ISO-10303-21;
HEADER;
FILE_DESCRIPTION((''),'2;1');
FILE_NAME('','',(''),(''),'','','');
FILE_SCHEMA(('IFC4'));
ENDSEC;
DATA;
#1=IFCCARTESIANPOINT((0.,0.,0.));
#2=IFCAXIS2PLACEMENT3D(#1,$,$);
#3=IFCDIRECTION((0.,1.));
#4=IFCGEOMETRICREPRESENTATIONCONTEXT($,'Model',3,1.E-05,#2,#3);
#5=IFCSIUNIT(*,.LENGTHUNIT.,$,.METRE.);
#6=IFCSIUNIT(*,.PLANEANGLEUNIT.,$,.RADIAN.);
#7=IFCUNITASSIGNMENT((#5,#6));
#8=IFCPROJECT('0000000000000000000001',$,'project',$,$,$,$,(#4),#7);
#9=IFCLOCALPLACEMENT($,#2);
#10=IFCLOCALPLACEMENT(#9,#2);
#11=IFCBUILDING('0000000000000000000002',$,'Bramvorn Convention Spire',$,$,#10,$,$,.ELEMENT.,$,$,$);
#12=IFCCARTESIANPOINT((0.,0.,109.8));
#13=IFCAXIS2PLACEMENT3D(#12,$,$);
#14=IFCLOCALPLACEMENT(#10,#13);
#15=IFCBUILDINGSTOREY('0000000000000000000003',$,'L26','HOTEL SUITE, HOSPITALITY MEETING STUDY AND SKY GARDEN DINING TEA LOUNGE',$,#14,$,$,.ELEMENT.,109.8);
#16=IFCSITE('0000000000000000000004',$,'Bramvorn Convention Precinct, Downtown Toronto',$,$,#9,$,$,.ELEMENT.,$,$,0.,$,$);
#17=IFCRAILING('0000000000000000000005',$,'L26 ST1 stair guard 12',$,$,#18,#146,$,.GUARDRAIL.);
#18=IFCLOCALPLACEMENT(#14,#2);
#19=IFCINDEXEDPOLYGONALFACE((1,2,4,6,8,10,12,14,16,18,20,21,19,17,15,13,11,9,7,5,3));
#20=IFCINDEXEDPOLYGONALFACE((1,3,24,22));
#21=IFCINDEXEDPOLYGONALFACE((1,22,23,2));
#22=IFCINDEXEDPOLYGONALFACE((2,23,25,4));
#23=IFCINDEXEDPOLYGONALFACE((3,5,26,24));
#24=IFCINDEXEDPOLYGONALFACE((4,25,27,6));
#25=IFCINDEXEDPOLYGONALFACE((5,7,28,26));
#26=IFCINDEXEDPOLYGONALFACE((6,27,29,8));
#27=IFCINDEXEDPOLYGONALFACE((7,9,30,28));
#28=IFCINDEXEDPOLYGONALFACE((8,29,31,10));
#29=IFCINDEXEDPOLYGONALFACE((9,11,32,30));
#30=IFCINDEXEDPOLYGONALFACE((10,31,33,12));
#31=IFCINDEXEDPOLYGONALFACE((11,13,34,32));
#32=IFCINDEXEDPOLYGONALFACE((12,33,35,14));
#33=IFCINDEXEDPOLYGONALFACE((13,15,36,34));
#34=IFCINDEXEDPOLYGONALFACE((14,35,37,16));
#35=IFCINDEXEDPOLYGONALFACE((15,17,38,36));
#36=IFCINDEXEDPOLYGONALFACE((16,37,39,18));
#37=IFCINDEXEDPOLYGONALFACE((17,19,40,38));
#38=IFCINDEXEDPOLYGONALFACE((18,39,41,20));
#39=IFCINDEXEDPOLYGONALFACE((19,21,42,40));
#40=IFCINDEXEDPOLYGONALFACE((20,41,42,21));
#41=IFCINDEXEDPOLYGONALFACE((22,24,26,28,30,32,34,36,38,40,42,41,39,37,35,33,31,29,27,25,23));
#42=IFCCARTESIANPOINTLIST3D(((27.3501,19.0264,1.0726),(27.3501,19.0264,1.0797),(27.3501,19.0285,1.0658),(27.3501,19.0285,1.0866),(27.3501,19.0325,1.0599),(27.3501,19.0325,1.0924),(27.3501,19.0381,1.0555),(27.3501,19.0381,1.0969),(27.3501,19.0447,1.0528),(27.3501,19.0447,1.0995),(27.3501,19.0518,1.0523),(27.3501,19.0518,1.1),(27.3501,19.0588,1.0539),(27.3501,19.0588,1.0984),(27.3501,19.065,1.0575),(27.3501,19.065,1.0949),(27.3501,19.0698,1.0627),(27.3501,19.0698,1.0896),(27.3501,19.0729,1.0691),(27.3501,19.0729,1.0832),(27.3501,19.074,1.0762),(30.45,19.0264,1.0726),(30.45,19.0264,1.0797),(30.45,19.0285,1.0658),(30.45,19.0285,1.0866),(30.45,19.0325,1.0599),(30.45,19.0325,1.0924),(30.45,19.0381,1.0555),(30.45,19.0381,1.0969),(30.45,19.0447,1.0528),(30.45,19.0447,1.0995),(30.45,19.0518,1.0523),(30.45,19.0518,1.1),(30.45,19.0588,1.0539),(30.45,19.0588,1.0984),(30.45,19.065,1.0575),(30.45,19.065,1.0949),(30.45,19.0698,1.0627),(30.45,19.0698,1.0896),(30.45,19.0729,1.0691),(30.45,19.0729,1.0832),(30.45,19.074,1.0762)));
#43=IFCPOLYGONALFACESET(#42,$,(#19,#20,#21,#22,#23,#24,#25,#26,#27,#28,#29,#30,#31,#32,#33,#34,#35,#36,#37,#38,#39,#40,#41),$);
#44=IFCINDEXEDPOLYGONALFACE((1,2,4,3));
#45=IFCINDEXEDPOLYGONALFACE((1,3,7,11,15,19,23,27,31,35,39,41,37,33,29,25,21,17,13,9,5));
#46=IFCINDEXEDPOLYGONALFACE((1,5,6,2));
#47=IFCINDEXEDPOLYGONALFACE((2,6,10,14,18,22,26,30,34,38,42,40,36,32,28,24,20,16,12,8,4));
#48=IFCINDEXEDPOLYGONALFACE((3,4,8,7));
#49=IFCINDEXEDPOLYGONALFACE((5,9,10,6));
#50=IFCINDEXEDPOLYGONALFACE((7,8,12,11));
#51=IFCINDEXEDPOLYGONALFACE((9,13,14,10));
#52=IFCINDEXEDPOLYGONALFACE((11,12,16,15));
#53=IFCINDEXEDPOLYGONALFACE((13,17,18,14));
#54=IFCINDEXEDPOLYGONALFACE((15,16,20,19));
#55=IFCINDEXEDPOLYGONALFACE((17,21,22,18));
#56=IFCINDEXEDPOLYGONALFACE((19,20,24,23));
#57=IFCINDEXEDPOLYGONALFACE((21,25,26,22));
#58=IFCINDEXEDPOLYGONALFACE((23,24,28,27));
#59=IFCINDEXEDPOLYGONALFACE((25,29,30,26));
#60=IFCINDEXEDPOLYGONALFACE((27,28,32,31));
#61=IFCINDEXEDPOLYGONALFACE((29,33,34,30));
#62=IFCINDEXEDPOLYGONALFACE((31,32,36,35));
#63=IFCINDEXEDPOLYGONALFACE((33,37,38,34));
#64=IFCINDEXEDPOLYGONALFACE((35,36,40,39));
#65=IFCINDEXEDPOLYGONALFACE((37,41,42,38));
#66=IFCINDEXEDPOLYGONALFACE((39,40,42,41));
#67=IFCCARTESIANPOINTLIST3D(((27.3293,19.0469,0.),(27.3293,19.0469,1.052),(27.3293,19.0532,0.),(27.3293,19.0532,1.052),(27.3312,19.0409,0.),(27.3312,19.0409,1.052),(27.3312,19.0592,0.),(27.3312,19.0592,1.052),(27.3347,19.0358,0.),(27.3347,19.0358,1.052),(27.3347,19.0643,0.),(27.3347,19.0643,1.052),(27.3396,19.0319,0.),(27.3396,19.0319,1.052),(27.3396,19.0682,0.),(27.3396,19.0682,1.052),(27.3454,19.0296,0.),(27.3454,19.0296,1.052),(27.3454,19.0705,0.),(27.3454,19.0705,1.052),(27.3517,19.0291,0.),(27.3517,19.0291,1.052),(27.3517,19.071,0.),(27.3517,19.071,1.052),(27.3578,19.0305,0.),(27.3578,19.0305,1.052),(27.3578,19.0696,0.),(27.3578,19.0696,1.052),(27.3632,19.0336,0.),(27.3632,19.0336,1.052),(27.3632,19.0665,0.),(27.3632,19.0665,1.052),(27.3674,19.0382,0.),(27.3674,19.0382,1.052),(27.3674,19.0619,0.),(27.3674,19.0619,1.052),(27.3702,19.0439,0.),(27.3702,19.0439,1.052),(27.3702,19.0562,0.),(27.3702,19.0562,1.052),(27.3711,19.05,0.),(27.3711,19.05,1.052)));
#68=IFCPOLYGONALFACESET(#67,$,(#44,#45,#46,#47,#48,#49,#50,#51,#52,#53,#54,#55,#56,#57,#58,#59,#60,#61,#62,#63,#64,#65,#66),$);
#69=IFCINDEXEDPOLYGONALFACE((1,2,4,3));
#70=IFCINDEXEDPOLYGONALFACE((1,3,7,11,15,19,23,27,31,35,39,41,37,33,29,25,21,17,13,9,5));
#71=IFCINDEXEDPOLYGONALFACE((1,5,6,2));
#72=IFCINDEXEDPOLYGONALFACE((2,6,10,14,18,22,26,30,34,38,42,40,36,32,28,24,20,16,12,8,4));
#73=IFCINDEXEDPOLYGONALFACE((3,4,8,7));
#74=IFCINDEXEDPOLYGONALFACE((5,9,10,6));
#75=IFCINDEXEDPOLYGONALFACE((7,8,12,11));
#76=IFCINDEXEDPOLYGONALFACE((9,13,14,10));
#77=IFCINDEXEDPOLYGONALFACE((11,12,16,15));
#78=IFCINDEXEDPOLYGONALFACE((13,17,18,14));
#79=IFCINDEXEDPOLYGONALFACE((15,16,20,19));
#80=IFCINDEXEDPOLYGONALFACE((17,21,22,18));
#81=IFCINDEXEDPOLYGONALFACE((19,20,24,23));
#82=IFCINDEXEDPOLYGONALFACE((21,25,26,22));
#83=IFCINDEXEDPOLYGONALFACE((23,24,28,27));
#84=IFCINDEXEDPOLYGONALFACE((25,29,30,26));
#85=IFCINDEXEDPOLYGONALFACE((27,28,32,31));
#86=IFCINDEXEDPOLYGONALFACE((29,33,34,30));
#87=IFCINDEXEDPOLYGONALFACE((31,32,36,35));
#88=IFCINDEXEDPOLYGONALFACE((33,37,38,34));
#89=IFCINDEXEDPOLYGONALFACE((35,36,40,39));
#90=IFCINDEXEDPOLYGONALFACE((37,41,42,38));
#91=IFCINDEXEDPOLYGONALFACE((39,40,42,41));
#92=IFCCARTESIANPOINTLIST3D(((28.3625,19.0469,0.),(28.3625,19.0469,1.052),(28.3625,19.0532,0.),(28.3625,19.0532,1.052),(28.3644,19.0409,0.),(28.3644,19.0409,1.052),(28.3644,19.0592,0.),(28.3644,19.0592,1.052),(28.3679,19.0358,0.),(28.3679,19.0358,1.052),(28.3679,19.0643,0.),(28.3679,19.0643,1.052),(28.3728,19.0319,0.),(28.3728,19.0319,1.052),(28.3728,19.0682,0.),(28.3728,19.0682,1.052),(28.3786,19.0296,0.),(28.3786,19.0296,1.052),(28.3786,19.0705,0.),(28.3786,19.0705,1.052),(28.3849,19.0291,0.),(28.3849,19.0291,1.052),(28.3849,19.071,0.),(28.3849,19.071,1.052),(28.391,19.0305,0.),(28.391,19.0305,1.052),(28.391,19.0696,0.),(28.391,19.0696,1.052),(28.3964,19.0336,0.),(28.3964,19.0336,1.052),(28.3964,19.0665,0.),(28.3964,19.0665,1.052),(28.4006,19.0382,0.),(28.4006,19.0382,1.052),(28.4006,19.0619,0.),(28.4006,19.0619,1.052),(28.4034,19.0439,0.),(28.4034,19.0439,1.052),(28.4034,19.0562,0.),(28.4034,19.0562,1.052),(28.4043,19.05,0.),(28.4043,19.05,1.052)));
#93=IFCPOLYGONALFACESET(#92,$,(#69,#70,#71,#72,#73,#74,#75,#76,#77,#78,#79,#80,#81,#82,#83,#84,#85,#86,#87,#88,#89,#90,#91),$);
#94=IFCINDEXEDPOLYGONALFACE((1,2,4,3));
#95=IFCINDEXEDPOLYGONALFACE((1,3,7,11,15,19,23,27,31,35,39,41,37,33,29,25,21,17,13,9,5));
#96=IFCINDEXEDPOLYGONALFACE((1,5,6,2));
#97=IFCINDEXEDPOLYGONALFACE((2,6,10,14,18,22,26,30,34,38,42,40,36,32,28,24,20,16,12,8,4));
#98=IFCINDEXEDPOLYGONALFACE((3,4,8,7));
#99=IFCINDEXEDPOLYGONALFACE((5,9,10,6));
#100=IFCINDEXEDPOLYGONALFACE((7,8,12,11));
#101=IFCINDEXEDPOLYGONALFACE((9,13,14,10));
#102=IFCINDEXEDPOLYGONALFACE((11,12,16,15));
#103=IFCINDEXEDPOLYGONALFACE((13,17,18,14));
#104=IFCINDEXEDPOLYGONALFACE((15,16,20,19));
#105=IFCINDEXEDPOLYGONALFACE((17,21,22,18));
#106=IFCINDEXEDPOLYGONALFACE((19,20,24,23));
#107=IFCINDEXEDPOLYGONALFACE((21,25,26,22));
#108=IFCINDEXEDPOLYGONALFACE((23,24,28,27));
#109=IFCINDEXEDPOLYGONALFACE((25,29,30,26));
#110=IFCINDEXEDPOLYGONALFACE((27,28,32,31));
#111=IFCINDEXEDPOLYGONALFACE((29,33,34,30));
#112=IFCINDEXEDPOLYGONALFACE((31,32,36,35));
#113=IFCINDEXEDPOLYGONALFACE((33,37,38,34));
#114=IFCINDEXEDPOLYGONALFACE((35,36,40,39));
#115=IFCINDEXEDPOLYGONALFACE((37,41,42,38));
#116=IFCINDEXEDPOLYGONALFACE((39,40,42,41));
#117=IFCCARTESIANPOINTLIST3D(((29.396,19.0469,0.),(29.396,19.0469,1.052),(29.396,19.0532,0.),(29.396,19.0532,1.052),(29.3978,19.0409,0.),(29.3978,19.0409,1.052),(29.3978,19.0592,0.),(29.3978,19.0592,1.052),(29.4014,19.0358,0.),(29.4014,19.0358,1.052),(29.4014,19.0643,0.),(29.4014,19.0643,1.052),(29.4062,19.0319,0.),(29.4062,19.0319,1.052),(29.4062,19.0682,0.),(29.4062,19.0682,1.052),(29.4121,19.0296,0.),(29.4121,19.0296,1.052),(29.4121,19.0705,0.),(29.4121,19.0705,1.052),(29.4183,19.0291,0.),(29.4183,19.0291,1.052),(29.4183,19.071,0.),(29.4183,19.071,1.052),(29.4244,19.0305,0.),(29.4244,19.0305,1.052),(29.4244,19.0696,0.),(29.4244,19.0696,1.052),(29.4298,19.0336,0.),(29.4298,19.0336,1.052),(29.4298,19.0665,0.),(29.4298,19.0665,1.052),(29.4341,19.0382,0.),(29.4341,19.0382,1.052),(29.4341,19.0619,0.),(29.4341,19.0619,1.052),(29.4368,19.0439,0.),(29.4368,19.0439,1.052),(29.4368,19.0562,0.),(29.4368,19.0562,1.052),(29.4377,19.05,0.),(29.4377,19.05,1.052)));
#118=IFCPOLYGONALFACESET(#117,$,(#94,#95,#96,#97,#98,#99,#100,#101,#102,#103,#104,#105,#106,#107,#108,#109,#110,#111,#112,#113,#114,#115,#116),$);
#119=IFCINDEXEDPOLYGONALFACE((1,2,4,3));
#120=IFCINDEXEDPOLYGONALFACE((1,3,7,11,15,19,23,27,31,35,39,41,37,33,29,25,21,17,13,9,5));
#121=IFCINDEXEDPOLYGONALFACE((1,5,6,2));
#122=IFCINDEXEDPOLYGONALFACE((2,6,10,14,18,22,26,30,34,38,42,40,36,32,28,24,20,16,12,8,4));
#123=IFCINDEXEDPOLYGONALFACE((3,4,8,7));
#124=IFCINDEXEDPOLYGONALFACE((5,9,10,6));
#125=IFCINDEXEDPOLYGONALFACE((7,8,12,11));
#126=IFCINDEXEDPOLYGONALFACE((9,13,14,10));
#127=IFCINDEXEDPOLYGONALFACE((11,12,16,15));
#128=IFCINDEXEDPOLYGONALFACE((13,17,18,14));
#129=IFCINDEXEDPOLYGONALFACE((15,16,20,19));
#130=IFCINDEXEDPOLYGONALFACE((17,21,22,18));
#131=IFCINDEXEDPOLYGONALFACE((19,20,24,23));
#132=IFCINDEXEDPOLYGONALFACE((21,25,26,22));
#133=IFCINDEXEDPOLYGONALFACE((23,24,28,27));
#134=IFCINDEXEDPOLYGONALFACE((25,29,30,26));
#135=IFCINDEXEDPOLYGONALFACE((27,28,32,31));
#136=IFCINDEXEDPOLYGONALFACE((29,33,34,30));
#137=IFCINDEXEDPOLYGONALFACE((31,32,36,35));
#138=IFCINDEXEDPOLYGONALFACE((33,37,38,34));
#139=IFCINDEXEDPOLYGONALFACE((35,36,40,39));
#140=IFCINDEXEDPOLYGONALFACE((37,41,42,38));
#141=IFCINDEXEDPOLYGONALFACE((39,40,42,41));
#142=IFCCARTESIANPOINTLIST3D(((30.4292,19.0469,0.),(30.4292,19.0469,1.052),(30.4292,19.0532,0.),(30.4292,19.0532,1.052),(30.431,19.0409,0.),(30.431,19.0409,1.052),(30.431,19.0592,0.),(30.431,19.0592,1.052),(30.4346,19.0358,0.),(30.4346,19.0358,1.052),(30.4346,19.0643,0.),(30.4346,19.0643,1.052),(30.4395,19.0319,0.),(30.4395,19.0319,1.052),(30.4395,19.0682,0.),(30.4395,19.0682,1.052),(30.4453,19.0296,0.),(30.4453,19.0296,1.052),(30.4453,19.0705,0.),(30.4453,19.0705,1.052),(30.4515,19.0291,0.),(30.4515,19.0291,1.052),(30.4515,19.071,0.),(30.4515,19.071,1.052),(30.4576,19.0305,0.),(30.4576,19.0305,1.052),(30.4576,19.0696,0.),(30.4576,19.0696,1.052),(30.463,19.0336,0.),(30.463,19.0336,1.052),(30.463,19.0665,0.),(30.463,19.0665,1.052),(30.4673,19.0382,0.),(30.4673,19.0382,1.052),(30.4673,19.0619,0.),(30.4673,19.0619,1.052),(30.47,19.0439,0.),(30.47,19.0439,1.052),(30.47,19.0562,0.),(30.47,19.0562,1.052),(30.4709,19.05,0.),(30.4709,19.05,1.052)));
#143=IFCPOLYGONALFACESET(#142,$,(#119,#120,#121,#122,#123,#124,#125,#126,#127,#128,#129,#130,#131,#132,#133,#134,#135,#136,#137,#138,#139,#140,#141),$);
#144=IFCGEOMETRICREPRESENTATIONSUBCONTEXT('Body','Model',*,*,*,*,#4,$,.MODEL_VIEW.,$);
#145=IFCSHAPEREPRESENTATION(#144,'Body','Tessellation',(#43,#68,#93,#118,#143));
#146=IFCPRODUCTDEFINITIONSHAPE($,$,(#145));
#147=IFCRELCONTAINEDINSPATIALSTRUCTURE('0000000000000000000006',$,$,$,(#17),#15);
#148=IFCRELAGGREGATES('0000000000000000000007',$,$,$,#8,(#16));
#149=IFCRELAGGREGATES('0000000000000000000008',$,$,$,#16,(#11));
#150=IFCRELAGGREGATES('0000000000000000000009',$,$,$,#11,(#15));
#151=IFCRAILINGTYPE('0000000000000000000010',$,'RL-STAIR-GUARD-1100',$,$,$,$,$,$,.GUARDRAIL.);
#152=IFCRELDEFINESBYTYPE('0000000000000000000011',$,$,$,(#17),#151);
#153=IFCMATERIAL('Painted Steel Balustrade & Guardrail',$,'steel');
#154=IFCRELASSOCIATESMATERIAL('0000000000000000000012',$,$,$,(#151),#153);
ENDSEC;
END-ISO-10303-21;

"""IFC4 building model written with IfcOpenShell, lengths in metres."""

from ifc_helpers import new_model, si_unit, direction, frame, origin, origin_2d, place, context, subcontext, project, spatial, circle, extrude, material, type_object, element, save


model = new_model("IFC4")

# Units and contexts
model_context = context("Model", 3, precision=1e-05, world=origin(), true_north=direction((0.0, 1.0)))
body_context = subcontext(model_context, "Body", "Model", "MODEL_VIEW")
ifc_project = project(units=[si_unit("LENGTHUNIT", "METRE"), si_unit("PLANEANGLEUNIT", "RADIAN")], contexts=[model_context])

# Site, building, storey
site_placement = place(None, origin())
site = spatial("IfcSite", under=ifc_project, at=site_placement, Name="Bramvorn Convention Precinct, Downtown Toronto", CompositionType="ELEMENT", RefElevation=0.0)
building_placement = place(site_placement, origin())
building = spatial("IfcBuilding", under=site, at=building_placement, Name="Bramvorn Convention Spire", CompositionType="ELEMENT")
storey_placement = place(building_placement, frame((0.0, 0.0, 109.8)))
storey = spatial("IfcBuildingStorey", under=building, at=storey_placement, Name="L26", Description="HOTEL SUITE, HOSPITALITY MEETING STUDY AND SKY GARDEN DINING TEA LOUNGE", CompositionType="ELEMENT", Elevation=109.8)

# Railing
ifc_material_1 = material(Name="Painted Steel Balustrade & Guardrail", Category="steel")
railing_type = type_object("IfcRailingType", Name="RL-STAIR-GUARD-1100", PredefinedType="GUARDRAIL", material=ifc_material_1)
railing_1_placement = place(storey_placement, frame((27.3501, 19.05, 0.0)))
element("IfcRailing", 1, at=railing_1_placement, inside=storey, type_object=railing_type, Name="L26 ST1 stair guard 12", PredefinedType="GUARDRAIL", context=body_context, shape_type="SweptSolid", body=[
    extrude(circle(Radius=0.0239, at=origin_2d()), frame((0.0, 0.0, 1.0762), z_axis=(1.0, 0.0, 0.0), x_axis=(0.0, 1.0, 0.0)), (0.0, 0.0, 1.0), 3.0999),
    extrude(circle(Radius=0.021, at=origin_2d()), origin(), (0.0, 0.0, 1.0), 1.052),
    extrude(circle(Radius=0.021, at=origin_2d()), frame((1.0332, 0.0, 0.0)), (0.0, 0.0, 1.0), 1.052),
    extrude(circle(Radius=0.021, at=origin_2d()), frame((2.0667, 0.0, 0.0)), (0.0, 0.0, 1.0), 1.052),
    extrude(circle(Radius=0.021, at=origin_2d()), frame((3.0999, 0.0, 0.0)), (0.0, 0.0, 1.0), 1.052),
])

save(model, "model.ifc")
